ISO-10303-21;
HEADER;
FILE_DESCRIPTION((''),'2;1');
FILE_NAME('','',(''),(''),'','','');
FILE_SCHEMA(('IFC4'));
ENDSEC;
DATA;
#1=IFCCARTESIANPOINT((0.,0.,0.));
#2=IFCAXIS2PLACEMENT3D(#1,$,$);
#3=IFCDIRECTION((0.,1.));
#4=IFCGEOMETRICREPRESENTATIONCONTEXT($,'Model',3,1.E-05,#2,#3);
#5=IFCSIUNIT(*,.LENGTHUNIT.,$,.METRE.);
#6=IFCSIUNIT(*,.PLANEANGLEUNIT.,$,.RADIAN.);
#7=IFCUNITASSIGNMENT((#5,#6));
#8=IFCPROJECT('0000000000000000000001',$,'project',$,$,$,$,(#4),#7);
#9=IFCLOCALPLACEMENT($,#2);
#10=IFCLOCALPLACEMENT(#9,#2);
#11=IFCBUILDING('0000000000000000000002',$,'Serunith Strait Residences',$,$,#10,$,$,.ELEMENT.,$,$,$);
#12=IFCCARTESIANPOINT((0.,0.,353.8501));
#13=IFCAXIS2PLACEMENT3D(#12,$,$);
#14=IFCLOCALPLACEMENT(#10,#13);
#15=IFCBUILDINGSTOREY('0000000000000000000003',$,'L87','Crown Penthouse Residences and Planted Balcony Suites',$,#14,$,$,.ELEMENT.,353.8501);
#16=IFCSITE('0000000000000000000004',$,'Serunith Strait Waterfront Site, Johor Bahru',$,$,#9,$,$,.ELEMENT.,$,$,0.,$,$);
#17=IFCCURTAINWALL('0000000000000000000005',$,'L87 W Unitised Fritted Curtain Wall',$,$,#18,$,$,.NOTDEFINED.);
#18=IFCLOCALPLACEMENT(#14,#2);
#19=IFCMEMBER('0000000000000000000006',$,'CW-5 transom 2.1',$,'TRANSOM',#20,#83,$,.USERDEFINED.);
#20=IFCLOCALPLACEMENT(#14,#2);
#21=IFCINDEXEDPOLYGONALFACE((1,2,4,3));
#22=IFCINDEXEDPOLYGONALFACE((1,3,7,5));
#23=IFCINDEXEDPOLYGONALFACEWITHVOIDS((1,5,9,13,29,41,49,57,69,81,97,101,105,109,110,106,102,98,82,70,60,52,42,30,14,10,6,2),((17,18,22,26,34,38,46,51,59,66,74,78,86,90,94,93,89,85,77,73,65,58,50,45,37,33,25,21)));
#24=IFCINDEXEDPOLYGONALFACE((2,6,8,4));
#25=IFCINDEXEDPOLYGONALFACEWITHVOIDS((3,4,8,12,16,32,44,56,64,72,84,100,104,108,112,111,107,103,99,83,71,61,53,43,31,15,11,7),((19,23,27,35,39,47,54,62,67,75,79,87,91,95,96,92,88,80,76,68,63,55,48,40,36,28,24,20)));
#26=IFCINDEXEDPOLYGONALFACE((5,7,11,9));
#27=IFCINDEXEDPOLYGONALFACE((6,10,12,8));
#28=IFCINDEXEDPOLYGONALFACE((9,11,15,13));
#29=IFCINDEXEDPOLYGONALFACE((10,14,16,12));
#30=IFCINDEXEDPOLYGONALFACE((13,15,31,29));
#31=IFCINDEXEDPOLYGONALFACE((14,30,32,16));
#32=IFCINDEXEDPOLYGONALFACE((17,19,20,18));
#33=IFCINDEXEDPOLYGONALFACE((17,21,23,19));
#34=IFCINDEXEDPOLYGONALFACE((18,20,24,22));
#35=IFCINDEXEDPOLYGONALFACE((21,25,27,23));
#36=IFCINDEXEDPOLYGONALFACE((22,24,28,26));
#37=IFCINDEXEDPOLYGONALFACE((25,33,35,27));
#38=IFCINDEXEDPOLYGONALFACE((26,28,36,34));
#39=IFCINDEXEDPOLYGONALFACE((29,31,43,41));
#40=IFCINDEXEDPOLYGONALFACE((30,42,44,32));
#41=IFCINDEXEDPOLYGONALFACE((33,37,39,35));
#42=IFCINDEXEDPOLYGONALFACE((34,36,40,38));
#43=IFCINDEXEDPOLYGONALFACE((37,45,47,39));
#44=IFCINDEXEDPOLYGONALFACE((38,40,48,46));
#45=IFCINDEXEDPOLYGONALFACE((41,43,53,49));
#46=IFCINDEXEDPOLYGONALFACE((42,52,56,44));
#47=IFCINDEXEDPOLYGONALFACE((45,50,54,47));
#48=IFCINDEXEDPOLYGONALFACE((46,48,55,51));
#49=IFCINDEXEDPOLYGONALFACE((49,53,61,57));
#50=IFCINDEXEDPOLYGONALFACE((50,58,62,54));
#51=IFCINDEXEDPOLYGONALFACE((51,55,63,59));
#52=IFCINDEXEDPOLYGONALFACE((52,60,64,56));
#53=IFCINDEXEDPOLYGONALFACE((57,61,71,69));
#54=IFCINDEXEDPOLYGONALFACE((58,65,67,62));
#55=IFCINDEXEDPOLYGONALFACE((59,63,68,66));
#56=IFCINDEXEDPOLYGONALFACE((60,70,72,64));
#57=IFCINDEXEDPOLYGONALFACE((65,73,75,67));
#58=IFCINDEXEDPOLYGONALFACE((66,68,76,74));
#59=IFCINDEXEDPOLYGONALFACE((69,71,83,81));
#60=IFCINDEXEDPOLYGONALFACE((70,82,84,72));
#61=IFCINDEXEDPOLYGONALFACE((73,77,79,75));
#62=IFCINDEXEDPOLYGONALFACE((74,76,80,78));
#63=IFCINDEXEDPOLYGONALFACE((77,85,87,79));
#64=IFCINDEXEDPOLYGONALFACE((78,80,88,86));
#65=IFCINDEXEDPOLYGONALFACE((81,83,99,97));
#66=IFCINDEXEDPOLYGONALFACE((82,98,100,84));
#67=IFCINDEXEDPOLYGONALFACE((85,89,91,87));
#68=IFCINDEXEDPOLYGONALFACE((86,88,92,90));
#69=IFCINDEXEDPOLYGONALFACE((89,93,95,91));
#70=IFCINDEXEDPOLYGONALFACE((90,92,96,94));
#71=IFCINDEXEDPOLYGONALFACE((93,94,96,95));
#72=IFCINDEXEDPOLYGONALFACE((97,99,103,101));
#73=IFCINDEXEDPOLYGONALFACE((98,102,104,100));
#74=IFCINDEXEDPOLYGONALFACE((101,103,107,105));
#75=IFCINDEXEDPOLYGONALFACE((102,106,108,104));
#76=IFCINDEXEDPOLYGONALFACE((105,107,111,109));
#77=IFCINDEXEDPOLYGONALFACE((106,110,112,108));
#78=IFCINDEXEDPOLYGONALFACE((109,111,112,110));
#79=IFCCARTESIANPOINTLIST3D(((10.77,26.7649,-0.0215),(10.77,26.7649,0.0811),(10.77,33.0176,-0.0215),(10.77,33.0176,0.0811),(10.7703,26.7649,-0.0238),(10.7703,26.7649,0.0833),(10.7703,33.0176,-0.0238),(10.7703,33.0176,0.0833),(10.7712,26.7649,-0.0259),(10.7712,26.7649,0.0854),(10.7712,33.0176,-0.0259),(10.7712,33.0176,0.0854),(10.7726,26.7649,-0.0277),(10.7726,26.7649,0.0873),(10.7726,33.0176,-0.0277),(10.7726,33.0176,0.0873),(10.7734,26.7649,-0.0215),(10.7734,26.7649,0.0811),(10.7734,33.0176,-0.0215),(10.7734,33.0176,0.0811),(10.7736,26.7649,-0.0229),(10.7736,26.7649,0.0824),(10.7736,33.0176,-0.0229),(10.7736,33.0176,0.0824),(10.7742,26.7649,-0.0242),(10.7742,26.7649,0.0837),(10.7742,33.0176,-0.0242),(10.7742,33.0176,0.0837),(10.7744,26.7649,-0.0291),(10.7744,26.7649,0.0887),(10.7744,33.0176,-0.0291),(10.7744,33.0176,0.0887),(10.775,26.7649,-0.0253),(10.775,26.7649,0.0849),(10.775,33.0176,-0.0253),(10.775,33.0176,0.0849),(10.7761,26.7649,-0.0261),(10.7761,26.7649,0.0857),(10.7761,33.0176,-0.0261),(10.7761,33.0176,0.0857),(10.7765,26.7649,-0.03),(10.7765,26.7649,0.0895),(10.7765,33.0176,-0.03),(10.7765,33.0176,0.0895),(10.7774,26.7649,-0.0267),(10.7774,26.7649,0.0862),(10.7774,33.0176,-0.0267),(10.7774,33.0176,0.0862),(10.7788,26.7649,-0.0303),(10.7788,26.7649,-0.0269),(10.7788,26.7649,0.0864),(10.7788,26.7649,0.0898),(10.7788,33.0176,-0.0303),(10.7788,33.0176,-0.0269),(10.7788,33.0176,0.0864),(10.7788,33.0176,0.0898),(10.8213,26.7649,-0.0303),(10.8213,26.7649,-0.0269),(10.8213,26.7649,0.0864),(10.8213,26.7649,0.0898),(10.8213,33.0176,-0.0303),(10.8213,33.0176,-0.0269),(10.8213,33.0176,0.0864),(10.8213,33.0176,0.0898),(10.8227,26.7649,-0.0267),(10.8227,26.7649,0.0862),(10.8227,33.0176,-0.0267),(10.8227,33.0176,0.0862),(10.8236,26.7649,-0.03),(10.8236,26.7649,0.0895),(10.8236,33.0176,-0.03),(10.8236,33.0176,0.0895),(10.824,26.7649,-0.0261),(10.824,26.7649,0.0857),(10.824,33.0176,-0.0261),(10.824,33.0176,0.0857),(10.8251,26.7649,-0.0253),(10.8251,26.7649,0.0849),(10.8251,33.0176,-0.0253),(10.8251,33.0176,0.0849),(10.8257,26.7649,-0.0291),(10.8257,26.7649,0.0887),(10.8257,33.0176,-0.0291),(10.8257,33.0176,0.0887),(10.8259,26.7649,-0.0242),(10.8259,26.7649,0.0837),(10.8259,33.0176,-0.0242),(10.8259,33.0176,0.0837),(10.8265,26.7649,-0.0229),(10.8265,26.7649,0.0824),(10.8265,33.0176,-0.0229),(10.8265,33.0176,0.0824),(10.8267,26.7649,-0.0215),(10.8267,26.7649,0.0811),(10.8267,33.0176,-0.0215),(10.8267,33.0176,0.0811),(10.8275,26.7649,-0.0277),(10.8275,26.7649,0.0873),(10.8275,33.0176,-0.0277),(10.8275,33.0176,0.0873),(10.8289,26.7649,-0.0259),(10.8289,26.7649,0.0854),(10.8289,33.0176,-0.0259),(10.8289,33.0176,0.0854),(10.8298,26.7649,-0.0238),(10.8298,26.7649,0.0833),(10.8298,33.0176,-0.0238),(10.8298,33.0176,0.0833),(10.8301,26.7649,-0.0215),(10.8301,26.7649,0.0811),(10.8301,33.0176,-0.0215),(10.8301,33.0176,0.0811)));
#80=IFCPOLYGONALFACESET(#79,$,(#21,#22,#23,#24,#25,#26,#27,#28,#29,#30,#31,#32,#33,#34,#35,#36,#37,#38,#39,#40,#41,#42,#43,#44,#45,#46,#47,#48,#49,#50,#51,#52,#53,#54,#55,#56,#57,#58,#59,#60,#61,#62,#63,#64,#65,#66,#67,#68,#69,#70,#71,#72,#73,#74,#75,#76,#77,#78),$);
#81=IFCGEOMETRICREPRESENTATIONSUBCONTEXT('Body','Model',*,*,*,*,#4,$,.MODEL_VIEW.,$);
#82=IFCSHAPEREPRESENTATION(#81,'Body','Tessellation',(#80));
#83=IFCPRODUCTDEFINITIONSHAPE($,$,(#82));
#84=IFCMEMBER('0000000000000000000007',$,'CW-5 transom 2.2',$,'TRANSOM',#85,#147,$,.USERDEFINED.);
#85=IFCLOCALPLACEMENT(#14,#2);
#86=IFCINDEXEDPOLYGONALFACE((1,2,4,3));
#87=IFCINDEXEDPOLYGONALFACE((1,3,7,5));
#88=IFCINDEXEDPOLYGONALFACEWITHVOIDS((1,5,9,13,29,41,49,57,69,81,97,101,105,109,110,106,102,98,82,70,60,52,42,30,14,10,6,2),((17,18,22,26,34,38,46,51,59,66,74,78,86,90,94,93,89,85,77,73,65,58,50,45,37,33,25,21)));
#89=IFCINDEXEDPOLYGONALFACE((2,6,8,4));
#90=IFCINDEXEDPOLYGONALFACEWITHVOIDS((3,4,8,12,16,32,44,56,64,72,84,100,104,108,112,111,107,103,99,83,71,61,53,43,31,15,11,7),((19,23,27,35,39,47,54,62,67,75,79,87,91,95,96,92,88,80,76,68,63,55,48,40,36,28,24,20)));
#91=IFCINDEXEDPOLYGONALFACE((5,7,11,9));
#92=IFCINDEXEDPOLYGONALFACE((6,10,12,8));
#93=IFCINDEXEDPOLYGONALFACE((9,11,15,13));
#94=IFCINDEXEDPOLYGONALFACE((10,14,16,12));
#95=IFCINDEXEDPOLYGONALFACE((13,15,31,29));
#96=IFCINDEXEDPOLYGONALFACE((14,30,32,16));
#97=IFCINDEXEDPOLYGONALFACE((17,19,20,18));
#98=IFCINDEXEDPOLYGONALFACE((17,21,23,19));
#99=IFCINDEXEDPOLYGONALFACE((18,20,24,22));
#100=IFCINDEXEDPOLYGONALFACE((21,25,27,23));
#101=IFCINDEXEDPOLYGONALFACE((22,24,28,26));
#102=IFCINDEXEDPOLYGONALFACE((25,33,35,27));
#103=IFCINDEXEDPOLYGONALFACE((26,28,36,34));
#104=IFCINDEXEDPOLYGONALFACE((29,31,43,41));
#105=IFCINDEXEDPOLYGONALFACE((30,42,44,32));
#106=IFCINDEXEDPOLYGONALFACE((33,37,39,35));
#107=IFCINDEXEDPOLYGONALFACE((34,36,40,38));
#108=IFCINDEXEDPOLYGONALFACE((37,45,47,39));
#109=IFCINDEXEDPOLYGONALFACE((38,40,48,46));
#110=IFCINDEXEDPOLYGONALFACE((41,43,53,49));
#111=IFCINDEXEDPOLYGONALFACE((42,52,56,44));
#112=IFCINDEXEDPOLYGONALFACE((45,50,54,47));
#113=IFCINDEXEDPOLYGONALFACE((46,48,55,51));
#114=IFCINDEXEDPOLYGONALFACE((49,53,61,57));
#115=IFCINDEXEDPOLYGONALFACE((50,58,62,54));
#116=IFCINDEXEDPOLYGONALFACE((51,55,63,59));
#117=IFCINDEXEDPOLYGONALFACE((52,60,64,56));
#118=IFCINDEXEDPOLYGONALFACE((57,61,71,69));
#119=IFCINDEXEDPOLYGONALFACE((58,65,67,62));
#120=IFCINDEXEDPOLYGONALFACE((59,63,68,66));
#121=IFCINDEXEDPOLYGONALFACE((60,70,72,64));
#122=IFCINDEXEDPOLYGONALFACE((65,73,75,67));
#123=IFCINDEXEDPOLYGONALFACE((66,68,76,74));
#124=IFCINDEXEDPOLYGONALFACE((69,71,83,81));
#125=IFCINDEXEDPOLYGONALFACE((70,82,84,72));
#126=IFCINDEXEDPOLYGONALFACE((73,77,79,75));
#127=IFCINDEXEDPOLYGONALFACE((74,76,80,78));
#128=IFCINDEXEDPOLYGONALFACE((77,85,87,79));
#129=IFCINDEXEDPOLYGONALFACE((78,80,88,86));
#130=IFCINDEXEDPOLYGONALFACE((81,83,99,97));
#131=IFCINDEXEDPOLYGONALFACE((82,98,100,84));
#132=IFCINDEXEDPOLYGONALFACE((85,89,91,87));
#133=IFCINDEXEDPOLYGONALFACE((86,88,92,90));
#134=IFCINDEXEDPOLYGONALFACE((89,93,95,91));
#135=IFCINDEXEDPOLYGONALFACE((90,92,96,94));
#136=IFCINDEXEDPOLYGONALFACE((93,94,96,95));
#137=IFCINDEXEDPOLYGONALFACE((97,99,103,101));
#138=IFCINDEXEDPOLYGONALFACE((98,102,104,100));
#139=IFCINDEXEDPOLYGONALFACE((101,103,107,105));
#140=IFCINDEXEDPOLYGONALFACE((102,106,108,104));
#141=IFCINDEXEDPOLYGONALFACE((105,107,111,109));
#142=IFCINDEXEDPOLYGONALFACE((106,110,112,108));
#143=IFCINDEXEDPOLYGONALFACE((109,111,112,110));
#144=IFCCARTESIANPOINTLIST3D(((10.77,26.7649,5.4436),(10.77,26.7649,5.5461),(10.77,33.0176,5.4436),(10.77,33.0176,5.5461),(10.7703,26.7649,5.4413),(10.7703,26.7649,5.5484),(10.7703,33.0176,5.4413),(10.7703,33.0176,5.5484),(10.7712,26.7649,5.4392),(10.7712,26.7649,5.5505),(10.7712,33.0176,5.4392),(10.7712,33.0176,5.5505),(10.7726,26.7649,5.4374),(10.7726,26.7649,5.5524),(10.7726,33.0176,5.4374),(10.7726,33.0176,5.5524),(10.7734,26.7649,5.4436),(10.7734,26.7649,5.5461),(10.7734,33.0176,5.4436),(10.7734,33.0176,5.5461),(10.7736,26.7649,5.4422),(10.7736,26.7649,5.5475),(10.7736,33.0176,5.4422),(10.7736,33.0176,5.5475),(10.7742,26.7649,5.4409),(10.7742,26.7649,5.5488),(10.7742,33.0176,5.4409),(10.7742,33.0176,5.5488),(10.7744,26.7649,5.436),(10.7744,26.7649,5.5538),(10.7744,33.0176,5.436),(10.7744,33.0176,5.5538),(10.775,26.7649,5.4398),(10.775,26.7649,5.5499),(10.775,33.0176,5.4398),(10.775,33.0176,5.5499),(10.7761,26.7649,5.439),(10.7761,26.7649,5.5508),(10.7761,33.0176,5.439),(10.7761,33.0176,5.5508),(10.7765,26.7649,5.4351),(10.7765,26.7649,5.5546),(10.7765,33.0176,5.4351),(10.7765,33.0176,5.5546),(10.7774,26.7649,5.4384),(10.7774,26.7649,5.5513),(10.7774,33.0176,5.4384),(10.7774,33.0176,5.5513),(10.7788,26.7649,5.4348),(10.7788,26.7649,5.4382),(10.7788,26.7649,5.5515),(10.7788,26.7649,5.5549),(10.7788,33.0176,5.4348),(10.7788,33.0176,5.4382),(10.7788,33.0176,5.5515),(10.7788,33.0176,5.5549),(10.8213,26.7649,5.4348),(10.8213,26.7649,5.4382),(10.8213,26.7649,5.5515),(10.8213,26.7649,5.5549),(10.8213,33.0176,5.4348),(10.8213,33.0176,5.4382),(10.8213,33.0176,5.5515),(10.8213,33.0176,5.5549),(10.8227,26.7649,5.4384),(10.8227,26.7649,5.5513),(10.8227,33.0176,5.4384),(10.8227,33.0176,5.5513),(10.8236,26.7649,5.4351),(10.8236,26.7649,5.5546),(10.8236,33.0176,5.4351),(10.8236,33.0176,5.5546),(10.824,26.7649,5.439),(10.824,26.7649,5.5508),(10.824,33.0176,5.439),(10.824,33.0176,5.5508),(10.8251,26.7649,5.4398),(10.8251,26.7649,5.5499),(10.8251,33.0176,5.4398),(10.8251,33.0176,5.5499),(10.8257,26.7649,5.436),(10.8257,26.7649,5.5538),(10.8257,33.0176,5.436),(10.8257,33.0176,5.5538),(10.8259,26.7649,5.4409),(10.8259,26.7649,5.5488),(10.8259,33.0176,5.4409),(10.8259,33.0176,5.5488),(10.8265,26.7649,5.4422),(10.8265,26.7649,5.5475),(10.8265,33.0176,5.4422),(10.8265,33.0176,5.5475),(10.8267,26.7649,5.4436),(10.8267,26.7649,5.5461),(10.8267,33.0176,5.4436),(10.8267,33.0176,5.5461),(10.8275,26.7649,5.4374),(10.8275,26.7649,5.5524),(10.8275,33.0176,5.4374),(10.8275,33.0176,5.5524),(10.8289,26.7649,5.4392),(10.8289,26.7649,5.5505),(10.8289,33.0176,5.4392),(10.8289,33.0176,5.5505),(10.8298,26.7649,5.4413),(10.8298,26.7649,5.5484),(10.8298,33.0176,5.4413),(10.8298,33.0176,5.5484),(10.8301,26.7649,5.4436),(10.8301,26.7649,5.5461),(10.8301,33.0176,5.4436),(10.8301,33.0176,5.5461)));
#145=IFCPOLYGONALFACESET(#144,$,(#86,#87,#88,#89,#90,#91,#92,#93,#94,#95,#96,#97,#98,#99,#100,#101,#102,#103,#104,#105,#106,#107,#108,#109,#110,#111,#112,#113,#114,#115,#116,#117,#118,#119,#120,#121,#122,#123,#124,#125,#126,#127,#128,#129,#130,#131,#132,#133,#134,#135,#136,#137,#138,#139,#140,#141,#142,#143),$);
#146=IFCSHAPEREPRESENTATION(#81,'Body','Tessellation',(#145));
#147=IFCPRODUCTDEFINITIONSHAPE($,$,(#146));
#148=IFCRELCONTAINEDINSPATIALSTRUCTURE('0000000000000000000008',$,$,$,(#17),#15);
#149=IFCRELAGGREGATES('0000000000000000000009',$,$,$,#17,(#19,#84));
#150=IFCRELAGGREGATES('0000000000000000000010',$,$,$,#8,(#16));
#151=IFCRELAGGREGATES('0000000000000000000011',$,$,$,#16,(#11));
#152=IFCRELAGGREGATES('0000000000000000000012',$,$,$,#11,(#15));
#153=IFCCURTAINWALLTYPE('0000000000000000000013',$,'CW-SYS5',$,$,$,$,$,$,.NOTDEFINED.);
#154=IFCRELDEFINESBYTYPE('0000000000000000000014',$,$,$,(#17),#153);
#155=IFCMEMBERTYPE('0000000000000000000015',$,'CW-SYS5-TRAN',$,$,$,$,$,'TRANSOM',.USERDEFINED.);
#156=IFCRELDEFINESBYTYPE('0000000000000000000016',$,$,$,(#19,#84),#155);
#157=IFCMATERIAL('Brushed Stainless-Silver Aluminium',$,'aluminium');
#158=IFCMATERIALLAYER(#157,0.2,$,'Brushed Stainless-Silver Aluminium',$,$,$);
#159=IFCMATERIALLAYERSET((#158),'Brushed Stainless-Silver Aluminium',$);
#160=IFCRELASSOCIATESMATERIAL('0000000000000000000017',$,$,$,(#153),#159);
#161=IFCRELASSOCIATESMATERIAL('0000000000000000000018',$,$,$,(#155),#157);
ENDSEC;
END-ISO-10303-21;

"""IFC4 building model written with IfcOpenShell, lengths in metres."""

from ifc_helpers import new_model, si_unit, direction, frame, origin, origin_2d, place, context, subcontext, project, spatial, hollow_rectangle, extrude, source, transform, mapped, material, layer, layer_set, material_profile, profile_set, type_object, element, aggregate, save


model = new_model("IFC4")

# Units and contexts
model_context = context("Model", 3, precision=1e-05, world=origin(), true_north=direction((0.0, 1.0)))
body_context = subcontext(model_context, "Body", "Model", "MODEL_VIEW")
ifc_project = project(units=[si_unit("LENGTHUNIT", "METRE"), si_unit("PLANEANGLEUNIT", "RADIAN")], contexts=[model_context])

# Site, building, storey
site_placement = place(None, origin())
site = spatial("IfcSite", under=ifc_project, at=site_placement, Name="Serunith Strait Waterfront Site, Johor Bahru", CompositionType="ELEMENT", RefElevation=0.0)
building_placement = place(site_placement, origin())
building = spatial("IfcBuilding", under=site, at=building_placement, Name="Serunith Strait Residences", CompositionType="ELEMENT")
storey_placement = place(building_placement, frame((0.0, 0.0, 353.8501)))
storey = spatial("IfcBuildingStorey", under=building, at=storey_placement, Name="L87", Description="Crown Penthouse Residences and Planted Balcony Suites", CompositionType="ELEMENT", Elevation=353.8501)

# Curtain wall, members
ifc_material_1 = material(Name="Brushed Stainless-Silver Aluminium", Category="aluminium")
ifc_layer_1 = layer(ifc_material_1, 0.2, Name="Brushed Stainless-Silver Aluminium")
ifc_layer_set_1 = layer_set([ifc_layer_1], Name="Brushed Stainless-Silver Aluminium")
curtain_wall_type = type_object("IfcCurtainWallType", Name="CW-SYS5", PredefinedType="NOTDEFINED", material=ifc_layer_set_1)
curtain_wall_1_placement = place(storey_placement, origin())
curtain_wall_1 = element("IfcCurtainWall", 1, at=curtain_wall_1_placement, inside=storey, type_object=curtain_wall_type, Name="L87 W Unitised Fritted Curtain Wall", PredefinedType="NOTDEFINED")
ifc_material_profile_1 = material_profile(ifc_material_1, hollow_rectangle(XDim=0.0601, YDim=0.1201, WallThickness=0.0034, InnerFilletRadius=0.0054, OuterFilletRadius=0.0088, at=origin_2d()), Name="ALU 120x60x3.5")
ifc_profile_set_1 = profile_set([ifc_material_profile_1], Name="Brushed Stainless-Silver Aluminium")
member_type_1 = type_object("IfcMemberType", Name="CW-SYS5-TRAN", ElementType="TRANSOM", PredefinedType="USERDEFINED", material=ifc_profile_set_1)
shared_shape_1 = source(origin(), body_context, "Body", "SweptSolid", [
    extrude(hollow_rectangle(XDim=0.0601, YDim=0.1201, WallThickness=0.0034, InnerFilletRadius=0.0054, OuterFilletRadius=0.0088, at=origin_2d()), origin(), (0.0, 0.0, 1.0), 6.2527),
])
member_1_placement = place(storey_placement, frame((10.8, 33.0176, 0.0298), z_axis=(0.0, -1.0, 0.0), x_axis=(1.0, 0.0, 0.0)))
member_1 = element("IfcMember", 2, at=member_1_placement, type_object=member_type_1, Name="CW-5 transom 2.1", ObjectType="TRANSOM", PredefinedType="USERDEFINED", context=body_context, shape_type="MappedRepresentation", body=[
    mapped(shared_shape_1, transform((0.0, 0.0, 0.0), scale=1.0)),
])
member_2_placement = place(storey_placement, frame((10.8, 33.0176, 5.4949), z_axis=(0.0, -1.0, 0.0), x_axis=(1.0, 0.0, 0.0)))
member_2 = element("IfcMember", 3, at=member_2_placement, type_object=member_type_1, Name="CW-5 transom 2.2", ObjectType="TRANSOM", PredefinedType="USERDEFINED", context=body_context, shape_type="MappedRepresentation", body=[
    mapped(shared_shape_1, transform((0.0, 0.0, 0.0), scale=1.0)),
])

aggregate(curtain_wall_1, [member_1, member_2])

save(model, "model.ifc")
